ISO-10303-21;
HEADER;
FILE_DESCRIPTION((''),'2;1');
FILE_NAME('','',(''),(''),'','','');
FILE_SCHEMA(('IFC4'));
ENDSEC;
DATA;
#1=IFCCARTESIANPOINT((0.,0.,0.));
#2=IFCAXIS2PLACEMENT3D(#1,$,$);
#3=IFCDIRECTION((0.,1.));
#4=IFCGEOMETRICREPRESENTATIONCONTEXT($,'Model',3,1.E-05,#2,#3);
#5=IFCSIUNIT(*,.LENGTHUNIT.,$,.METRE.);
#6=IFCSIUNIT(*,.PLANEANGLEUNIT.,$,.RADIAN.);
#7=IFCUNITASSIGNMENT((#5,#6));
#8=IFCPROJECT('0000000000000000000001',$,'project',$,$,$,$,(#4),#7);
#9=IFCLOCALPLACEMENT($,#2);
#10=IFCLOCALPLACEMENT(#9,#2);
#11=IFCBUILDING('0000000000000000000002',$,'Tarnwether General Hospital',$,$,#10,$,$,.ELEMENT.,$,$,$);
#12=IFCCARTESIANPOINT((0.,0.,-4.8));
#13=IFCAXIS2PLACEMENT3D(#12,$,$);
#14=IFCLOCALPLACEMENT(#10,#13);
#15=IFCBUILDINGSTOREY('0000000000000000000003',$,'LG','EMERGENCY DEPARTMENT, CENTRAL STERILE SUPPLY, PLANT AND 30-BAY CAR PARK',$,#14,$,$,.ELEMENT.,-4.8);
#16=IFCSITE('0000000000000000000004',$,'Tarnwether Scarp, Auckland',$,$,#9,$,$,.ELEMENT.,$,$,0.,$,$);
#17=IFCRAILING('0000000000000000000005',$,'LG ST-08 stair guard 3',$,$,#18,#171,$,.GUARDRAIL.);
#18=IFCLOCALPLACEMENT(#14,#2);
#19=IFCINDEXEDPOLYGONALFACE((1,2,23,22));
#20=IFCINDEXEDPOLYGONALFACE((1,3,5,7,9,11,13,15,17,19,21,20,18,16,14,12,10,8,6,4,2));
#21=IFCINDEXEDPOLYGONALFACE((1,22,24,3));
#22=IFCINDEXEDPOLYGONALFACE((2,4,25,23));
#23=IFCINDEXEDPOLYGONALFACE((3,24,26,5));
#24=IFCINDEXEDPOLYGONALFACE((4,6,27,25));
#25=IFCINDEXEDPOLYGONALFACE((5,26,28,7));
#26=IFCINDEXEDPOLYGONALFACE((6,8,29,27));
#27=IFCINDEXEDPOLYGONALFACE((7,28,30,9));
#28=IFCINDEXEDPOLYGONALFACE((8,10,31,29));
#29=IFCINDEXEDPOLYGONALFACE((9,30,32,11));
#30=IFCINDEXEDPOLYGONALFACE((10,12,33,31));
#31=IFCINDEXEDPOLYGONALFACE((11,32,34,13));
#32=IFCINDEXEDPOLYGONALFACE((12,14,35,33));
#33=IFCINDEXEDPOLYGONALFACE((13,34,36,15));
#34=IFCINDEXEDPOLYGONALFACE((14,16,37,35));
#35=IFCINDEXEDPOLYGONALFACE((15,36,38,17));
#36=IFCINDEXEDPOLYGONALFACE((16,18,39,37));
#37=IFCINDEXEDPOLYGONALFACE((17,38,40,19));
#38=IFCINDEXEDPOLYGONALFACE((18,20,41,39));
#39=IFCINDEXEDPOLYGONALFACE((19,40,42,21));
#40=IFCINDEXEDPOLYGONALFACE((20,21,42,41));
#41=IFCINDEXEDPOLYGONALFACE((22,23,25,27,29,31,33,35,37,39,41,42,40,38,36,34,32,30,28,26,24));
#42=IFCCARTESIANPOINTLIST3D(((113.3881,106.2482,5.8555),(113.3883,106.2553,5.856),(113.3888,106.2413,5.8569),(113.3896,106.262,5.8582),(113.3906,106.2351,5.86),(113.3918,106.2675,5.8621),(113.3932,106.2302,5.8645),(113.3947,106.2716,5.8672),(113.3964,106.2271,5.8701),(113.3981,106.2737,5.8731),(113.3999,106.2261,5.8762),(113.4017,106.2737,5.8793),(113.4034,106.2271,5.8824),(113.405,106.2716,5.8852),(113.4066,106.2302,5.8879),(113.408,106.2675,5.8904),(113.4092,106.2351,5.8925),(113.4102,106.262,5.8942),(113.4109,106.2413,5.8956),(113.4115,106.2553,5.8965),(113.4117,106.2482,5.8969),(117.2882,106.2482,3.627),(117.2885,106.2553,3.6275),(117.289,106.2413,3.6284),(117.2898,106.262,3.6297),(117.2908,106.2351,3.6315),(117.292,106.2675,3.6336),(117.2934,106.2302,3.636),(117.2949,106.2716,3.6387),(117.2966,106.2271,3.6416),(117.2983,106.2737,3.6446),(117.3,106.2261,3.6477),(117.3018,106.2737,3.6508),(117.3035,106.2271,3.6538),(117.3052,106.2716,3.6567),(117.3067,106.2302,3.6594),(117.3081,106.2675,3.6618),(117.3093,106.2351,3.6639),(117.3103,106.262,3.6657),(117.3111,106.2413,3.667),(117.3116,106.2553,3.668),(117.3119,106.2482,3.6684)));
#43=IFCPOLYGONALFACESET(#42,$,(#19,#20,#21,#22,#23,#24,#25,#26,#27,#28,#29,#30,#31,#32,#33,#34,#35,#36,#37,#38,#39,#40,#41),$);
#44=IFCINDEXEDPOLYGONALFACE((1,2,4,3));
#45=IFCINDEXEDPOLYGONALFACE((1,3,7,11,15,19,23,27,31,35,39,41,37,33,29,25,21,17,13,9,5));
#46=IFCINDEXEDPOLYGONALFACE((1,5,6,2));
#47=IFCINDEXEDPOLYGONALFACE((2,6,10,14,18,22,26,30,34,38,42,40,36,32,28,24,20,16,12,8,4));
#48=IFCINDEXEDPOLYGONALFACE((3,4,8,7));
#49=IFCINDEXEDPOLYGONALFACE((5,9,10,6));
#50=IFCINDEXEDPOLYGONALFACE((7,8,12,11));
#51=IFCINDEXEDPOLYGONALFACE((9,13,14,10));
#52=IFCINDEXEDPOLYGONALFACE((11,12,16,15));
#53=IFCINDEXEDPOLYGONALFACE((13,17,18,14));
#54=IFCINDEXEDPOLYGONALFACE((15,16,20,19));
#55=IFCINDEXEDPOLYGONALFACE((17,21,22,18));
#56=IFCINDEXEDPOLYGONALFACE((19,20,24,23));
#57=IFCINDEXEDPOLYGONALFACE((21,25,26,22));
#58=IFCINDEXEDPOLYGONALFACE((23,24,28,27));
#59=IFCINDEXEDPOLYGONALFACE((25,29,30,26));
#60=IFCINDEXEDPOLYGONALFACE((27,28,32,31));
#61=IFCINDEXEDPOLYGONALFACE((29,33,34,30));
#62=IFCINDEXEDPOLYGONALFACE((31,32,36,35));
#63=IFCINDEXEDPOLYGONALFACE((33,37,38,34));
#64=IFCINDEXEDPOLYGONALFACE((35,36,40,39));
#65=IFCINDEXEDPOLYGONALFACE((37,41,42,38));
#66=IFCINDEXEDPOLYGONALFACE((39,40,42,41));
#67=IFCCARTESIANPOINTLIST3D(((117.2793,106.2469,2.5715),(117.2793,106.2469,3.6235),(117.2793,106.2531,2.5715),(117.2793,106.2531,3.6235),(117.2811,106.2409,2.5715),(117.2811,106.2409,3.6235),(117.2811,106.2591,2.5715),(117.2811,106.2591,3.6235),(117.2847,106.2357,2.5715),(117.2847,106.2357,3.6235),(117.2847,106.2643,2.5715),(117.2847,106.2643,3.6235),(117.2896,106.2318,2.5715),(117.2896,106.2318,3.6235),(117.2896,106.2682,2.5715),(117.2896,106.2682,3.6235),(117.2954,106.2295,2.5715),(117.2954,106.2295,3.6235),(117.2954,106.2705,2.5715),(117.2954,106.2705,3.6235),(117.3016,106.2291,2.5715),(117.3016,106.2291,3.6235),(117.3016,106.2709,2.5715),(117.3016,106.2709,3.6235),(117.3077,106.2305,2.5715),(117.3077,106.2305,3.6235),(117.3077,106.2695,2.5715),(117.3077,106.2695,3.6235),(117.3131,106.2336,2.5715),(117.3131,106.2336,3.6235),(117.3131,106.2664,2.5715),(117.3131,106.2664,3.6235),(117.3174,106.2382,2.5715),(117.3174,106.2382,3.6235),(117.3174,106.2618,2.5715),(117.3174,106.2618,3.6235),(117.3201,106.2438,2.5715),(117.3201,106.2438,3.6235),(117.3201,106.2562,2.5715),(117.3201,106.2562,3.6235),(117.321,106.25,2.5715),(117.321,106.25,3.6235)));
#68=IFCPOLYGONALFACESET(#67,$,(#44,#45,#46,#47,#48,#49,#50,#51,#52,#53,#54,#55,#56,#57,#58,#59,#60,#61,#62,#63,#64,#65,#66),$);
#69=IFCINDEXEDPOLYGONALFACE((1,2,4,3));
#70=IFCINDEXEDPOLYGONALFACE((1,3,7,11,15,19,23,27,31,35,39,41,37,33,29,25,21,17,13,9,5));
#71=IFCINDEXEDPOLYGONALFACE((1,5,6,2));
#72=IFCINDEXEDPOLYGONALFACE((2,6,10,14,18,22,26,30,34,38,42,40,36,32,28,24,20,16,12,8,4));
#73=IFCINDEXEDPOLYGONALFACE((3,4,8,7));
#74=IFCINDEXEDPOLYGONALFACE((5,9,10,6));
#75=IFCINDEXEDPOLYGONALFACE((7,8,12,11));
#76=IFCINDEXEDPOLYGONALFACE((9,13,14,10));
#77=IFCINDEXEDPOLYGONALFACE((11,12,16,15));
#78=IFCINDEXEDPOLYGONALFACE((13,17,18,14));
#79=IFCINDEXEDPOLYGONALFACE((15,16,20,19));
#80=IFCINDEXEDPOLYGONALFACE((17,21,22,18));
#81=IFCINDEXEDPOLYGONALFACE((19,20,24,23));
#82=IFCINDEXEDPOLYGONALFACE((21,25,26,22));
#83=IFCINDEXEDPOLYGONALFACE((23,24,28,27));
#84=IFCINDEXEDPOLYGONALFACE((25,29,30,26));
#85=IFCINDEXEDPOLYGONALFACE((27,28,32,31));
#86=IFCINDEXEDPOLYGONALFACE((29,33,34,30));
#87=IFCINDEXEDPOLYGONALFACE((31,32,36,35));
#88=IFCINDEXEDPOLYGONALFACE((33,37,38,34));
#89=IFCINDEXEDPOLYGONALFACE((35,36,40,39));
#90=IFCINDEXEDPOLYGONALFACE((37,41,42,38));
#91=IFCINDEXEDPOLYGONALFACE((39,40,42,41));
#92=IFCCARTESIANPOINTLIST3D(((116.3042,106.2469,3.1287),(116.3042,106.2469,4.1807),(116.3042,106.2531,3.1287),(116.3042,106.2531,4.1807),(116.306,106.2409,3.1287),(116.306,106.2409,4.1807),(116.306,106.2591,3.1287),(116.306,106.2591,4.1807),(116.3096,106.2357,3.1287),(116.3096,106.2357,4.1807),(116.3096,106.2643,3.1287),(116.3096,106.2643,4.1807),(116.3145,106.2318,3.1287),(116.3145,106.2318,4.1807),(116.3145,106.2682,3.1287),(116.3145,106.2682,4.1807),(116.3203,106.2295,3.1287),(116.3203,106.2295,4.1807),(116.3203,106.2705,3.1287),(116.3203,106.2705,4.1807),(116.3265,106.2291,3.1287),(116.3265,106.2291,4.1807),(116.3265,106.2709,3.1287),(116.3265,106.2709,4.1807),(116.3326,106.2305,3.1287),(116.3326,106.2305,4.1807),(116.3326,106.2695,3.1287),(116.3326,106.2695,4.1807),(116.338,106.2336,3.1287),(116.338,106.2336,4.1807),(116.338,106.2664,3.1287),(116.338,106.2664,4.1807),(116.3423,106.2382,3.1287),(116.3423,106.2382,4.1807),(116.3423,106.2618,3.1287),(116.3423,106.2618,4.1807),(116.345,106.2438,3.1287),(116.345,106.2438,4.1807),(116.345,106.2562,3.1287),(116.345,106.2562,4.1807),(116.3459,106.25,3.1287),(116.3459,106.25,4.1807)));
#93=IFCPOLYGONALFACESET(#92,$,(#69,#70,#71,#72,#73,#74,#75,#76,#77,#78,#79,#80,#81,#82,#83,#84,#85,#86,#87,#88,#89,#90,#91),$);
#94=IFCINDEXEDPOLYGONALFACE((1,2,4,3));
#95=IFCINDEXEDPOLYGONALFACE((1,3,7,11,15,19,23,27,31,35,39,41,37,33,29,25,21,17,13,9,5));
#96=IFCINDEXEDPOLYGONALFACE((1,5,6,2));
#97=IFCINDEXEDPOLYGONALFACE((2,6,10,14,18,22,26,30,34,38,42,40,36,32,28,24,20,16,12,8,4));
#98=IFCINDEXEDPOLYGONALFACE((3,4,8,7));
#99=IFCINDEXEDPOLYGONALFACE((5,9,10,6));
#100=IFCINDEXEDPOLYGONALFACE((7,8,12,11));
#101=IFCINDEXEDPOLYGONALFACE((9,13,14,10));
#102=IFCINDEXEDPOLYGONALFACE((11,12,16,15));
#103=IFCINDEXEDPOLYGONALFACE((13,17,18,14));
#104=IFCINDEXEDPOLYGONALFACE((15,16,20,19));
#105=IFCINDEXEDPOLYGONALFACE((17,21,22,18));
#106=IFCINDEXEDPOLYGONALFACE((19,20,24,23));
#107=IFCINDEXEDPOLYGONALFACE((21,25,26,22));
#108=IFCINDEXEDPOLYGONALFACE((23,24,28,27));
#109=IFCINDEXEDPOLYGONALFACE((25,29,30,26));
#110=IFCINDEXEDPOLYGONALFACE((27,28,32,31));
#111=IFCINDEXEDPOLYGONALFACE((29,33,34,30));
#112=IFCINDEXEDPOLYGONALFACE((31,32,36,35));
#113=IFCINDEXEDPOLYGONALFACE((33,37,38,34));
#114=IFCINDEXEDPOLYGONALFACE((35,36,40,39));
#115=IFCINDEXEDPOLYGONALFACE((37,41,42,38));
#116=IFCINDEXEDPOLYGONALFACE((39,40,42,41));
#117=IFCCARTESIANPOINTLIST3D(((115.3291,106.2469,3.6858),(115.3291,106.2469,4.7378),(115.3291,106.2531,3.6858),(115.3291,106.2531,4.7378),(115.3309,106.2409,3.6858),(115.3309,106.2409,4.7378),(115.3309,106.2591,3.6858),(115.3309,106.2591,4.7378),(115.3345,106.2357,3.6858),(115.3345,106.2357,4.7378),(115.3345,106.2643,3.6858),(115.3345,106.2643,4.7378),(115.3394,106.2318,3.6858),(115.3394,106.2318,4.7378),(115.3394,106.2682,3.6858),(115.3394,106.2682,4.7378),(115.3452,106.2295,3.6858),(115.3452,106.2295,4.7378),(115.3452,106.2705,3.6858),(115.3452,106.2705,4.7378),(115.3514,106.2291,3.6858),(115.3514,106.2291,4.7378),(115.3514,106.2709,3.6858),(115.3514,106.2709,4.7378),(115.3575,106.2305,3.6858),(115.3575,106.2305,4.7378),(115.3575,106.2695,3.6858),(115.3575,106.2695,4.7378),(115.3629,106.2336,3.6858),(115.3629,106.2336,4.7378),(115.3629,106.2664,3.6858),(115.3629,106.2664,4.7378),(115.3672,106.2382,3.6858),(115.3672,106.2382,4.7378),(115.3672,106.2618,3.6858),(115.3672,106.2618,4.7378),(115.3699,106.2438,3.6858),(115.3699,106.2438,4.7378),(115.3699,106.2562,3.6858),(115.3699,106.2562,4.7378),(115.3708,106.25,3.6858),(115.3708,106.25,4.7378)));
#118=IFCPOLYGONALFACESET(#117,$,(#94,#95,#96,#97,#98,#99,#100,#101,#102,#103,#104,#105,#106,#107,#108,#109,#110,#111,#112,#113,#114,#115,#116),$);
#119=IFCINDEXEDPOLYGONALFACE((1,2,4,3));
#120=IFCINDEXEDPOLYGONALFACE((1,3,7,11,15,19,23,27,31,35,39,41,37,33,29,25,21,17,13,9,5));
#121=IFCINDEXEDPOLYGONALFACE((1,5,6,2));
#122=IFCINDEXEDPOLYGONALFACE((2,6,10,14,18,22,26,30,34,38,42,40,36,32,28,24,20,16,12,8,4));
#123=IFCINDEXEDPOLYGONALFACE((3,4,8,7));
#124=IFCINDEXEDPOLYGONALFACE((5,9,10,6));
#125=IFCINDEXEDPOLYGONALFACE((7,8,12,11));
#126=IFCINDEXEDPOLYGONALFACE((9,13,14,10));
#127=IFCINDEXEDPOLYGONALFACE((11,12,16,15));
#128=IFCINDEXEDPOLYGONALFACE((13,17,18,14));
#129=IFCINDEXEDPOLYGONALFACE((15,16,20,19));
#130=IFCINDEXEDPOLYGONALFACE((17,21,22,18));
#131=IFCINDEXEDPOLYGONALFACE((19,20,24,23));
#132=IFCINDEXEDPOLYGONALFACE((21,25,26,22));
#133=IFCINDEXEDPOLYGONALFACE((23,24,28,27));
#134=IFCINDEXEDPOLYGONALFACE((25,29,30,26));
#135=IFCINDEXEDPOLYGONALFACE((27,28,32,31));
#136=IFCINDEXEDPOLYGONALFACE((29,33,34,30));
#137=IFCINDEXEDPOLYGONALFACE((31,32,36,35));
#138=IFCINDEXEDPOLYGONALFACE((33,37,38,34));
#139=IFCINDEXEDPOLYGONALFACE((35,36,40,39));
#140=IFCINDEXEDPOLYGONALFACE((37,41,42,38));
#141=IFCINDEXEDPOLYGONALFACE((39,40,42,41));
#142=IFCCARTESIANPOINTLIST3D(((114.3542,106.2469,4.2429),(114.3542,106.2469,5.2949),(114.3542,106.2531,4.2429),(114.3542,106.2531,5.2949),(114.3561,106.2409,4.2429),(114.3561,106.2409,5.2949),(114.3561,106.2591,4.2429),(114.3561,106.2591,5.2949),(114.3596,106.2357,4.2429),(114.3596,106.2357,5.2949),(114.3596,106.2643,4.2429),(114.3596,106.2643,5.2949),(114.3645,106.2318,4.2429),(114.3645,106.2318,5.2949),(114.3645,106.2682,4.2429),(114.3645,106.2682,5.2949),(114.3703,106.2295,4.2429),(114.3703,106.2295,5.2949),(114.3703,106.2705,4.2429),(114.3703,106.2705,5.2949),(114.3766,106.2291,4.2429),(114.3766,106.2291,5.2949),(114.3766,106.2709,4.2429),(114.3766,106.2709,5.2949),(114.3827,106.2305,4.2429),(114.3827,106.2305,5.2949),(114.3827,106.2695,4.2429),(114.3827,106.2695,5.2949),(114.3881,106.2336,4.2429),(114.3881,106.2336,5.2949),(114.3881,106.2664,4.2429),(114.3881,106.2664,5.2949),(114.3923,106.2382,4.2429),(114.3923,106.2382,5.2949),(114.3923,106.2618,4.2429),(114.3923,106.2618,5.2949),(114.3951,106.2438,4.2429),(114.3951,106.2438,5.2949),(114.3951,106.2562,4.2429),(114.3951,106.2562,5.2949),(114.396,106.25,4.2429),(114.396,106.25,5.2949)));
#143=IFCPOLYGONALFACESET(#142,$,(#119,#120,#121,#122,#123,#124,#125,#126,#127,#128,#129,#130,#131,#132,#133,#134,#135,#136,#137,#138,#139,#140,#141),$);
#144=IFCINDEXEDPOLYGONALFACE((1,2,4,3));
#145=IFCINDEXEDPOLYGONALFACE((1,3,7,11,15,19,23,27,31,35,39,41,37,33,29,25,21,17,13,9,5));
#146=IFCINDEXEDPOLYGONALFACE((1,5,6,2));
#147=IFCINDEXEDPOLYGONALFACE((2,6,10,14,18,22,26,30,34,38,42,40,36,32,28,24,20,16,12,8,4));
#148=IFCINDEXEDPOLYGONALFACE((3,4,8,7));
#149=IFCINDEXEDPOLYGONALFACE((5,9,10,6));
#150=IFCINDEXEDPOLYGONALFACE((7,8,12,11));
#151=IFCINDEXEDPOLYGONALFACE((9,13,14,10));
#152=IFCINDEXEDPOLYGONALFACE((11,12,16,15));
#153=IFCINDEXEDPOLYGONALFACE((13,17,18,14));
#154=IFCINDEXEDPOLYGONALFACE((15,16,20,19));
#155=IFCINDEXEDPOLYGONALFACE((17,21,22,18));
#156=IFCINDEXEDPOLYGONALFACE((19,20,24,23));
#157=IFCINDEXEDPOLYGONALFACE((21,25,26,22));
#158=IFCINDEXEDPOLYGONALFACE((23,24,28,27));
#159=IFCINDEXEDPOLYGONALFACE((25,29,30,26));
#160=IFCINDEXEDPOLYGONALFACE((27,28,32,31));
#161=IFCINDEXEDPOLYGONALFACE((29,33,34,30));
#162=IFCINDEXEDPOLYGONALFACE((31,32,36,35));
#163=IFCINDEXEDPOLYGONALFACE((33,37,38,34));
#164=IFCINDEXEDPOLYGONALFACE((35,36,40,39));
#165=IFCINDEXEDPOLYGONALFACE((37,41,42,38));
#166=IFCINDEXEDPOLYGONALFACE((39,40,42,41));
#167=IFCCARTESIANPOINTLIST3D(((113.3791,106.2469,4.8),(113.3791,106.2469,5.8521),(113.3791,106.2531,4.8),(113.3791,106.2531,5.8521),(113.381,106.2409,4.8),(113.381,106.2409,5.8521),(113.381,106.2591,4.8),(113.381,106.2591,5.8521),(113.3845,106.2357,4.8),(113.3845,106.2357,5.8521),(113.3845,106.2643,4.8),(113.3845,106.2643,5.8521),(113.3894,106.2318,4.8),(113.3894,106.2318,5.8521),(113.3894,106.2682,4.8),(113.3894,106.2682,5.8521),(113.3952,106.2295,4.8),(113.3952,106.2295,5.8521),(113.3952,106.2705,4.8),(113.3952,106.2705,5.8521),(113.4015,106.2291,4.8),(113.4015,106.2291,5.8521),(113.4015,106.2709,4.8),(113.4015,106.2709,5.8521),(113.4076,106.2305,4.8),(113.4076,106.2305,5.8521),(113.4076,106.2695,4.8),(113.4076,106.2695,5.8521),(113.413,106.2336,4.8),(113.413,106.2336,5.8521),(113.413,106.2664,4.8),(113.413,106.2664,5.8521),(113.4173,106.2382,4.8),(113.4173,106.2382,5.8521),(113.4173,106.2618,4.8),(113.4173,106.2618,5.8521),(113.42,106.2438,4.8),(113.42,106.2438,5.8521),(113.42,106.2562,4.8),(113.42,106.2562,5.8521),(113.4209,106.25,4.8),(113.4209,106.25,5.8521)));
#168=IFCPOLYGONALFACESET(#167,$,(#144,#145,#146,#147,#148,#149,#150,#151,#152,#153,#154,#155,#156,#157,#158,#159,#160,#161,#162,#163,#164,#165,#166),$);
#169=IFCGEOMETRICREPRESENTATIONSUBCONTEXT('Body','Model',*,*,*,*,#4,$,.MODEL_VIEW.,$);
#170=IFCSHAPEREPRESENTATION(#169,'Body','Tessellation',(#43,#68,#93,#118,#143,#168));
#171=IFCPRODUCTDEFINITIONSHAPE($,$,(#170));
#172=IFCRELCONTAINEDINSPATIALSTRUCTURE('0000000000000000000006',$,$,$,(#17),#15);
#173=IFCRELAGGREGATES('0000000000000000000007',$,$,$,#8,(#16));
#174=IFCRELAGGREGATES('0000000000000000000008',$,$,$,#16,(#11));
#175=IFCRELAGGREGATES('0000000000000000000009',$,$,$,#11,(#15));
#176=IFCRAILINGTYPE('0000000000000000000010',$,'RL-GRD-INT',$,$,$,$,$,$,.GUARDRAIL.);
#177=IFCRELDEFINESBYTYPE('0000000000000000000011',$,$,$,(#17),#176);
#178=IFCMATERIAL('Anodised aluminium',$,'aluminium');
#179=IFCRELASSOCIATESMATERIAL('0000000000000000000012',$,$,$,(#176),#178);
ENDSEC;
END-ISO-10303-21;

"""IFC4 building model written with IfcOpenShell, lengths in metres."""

from ifc_helpers import new_model, si_unit, direction, frame, origin, origin_2d, place, context, subcontext, project, spatial, circle, extrude, material, type_object, element, save


model = new_model("IFC4")

# Units and contexts
model_context = context("Model", 3, precision=1e-05, world=origin(), true_north=direction((0.0, 1.0)))
body_context = subcontext(model_context, "Body", "Model", "MODEL_VIEW")
ifc_project = project(units=[si_unit("LENGTHUNIT", "METRE"), si_unit("PLANEANGLEUNIT", "RADIAN")], contexts=[model_context])

# Site, building, storey
site_placement = place(None, origin())
site = spatial("IfcSite", under=ifc_project, at=site_placement, Name="Tarnwether Scarp, Auckland", CompositionType="ELEMENT", RefElevation=0.0)
building_placement = place(site_placement, origin())
building = spatial("IfcBuilding", under=site, at=building_placement, Name="Tarnwether General Hospital", CompositionType="ELEMENT")
storey_placement = place(building_placement, frame((0.0, 0.0, -4.8)))
storey = spatial("IfcBuildingStorey", under=building, at=storey_placement, Name="LG", Description="EMERGENCY DEPARTMENT, CENTRAL STERILE SUPPLY, PLANT AND 30-BAY CAR PARK", CompositionType="ELEMENT", Elevation=-4.8)

# Railing
ifc_material_1 = material(Name="Anodised aluminium", Category="aluminium")
railing_type_1 = type_object("IfcRailingType", Name="RL-GRD-INT", PredefinedType="GUARDRAIL", material=ifc_material_1)
railing_1_placement = place(storey_placement, frame((117.3, 106.25, 2.5715)))
element("IfcRailing", 1, at=railing_1_placement, inside=storey, type_object=railing_type_1, Name="LG ST-08 stair guard 3", PredefinedType="GUARDRAIL", context=body_context, shape_type="SweptSolid", body=[
    extrude(circle(Radius=0.0239, at=origin_2d()), frame((0.0, 0.0, 1.0762), z_axis=(-0.868257, 0.0, 0.496116), x_axis=(0.0, -1.0, 0.0)), (0.0, 0.0, 1.0), 4.4919),
    extrude(circle(Radius=0.021, at=origin_2d()), origin(), (0.0, 0.0, 1.0), 1.052),
    extrude(circle(Radius=0.021, at=origin_2d()), frame((-0.9751, 0.0, 0.5571)), (0.0, 0.0, 1.0), 1.052),
    extrude(circle(Radius=0.021, at=origin_2d()), frame((-1.9502, 0.0, 1.1143)), (0.0, 0.0, 1.0), 1.052),
    extrude(circle(Radius=0.021, at=origin_2d()), frame((-2.925, 0.0, 1.6714)), (0.0, 0.0, 1.0), 1.052),
    extrude(circle(Radius=0.021, at=origin_2d()), frame((-3.9001, 0.0, 2.2285)), (0.0, 0.0, 1.0), 1.052),
])

save(model, "model.ifc")
